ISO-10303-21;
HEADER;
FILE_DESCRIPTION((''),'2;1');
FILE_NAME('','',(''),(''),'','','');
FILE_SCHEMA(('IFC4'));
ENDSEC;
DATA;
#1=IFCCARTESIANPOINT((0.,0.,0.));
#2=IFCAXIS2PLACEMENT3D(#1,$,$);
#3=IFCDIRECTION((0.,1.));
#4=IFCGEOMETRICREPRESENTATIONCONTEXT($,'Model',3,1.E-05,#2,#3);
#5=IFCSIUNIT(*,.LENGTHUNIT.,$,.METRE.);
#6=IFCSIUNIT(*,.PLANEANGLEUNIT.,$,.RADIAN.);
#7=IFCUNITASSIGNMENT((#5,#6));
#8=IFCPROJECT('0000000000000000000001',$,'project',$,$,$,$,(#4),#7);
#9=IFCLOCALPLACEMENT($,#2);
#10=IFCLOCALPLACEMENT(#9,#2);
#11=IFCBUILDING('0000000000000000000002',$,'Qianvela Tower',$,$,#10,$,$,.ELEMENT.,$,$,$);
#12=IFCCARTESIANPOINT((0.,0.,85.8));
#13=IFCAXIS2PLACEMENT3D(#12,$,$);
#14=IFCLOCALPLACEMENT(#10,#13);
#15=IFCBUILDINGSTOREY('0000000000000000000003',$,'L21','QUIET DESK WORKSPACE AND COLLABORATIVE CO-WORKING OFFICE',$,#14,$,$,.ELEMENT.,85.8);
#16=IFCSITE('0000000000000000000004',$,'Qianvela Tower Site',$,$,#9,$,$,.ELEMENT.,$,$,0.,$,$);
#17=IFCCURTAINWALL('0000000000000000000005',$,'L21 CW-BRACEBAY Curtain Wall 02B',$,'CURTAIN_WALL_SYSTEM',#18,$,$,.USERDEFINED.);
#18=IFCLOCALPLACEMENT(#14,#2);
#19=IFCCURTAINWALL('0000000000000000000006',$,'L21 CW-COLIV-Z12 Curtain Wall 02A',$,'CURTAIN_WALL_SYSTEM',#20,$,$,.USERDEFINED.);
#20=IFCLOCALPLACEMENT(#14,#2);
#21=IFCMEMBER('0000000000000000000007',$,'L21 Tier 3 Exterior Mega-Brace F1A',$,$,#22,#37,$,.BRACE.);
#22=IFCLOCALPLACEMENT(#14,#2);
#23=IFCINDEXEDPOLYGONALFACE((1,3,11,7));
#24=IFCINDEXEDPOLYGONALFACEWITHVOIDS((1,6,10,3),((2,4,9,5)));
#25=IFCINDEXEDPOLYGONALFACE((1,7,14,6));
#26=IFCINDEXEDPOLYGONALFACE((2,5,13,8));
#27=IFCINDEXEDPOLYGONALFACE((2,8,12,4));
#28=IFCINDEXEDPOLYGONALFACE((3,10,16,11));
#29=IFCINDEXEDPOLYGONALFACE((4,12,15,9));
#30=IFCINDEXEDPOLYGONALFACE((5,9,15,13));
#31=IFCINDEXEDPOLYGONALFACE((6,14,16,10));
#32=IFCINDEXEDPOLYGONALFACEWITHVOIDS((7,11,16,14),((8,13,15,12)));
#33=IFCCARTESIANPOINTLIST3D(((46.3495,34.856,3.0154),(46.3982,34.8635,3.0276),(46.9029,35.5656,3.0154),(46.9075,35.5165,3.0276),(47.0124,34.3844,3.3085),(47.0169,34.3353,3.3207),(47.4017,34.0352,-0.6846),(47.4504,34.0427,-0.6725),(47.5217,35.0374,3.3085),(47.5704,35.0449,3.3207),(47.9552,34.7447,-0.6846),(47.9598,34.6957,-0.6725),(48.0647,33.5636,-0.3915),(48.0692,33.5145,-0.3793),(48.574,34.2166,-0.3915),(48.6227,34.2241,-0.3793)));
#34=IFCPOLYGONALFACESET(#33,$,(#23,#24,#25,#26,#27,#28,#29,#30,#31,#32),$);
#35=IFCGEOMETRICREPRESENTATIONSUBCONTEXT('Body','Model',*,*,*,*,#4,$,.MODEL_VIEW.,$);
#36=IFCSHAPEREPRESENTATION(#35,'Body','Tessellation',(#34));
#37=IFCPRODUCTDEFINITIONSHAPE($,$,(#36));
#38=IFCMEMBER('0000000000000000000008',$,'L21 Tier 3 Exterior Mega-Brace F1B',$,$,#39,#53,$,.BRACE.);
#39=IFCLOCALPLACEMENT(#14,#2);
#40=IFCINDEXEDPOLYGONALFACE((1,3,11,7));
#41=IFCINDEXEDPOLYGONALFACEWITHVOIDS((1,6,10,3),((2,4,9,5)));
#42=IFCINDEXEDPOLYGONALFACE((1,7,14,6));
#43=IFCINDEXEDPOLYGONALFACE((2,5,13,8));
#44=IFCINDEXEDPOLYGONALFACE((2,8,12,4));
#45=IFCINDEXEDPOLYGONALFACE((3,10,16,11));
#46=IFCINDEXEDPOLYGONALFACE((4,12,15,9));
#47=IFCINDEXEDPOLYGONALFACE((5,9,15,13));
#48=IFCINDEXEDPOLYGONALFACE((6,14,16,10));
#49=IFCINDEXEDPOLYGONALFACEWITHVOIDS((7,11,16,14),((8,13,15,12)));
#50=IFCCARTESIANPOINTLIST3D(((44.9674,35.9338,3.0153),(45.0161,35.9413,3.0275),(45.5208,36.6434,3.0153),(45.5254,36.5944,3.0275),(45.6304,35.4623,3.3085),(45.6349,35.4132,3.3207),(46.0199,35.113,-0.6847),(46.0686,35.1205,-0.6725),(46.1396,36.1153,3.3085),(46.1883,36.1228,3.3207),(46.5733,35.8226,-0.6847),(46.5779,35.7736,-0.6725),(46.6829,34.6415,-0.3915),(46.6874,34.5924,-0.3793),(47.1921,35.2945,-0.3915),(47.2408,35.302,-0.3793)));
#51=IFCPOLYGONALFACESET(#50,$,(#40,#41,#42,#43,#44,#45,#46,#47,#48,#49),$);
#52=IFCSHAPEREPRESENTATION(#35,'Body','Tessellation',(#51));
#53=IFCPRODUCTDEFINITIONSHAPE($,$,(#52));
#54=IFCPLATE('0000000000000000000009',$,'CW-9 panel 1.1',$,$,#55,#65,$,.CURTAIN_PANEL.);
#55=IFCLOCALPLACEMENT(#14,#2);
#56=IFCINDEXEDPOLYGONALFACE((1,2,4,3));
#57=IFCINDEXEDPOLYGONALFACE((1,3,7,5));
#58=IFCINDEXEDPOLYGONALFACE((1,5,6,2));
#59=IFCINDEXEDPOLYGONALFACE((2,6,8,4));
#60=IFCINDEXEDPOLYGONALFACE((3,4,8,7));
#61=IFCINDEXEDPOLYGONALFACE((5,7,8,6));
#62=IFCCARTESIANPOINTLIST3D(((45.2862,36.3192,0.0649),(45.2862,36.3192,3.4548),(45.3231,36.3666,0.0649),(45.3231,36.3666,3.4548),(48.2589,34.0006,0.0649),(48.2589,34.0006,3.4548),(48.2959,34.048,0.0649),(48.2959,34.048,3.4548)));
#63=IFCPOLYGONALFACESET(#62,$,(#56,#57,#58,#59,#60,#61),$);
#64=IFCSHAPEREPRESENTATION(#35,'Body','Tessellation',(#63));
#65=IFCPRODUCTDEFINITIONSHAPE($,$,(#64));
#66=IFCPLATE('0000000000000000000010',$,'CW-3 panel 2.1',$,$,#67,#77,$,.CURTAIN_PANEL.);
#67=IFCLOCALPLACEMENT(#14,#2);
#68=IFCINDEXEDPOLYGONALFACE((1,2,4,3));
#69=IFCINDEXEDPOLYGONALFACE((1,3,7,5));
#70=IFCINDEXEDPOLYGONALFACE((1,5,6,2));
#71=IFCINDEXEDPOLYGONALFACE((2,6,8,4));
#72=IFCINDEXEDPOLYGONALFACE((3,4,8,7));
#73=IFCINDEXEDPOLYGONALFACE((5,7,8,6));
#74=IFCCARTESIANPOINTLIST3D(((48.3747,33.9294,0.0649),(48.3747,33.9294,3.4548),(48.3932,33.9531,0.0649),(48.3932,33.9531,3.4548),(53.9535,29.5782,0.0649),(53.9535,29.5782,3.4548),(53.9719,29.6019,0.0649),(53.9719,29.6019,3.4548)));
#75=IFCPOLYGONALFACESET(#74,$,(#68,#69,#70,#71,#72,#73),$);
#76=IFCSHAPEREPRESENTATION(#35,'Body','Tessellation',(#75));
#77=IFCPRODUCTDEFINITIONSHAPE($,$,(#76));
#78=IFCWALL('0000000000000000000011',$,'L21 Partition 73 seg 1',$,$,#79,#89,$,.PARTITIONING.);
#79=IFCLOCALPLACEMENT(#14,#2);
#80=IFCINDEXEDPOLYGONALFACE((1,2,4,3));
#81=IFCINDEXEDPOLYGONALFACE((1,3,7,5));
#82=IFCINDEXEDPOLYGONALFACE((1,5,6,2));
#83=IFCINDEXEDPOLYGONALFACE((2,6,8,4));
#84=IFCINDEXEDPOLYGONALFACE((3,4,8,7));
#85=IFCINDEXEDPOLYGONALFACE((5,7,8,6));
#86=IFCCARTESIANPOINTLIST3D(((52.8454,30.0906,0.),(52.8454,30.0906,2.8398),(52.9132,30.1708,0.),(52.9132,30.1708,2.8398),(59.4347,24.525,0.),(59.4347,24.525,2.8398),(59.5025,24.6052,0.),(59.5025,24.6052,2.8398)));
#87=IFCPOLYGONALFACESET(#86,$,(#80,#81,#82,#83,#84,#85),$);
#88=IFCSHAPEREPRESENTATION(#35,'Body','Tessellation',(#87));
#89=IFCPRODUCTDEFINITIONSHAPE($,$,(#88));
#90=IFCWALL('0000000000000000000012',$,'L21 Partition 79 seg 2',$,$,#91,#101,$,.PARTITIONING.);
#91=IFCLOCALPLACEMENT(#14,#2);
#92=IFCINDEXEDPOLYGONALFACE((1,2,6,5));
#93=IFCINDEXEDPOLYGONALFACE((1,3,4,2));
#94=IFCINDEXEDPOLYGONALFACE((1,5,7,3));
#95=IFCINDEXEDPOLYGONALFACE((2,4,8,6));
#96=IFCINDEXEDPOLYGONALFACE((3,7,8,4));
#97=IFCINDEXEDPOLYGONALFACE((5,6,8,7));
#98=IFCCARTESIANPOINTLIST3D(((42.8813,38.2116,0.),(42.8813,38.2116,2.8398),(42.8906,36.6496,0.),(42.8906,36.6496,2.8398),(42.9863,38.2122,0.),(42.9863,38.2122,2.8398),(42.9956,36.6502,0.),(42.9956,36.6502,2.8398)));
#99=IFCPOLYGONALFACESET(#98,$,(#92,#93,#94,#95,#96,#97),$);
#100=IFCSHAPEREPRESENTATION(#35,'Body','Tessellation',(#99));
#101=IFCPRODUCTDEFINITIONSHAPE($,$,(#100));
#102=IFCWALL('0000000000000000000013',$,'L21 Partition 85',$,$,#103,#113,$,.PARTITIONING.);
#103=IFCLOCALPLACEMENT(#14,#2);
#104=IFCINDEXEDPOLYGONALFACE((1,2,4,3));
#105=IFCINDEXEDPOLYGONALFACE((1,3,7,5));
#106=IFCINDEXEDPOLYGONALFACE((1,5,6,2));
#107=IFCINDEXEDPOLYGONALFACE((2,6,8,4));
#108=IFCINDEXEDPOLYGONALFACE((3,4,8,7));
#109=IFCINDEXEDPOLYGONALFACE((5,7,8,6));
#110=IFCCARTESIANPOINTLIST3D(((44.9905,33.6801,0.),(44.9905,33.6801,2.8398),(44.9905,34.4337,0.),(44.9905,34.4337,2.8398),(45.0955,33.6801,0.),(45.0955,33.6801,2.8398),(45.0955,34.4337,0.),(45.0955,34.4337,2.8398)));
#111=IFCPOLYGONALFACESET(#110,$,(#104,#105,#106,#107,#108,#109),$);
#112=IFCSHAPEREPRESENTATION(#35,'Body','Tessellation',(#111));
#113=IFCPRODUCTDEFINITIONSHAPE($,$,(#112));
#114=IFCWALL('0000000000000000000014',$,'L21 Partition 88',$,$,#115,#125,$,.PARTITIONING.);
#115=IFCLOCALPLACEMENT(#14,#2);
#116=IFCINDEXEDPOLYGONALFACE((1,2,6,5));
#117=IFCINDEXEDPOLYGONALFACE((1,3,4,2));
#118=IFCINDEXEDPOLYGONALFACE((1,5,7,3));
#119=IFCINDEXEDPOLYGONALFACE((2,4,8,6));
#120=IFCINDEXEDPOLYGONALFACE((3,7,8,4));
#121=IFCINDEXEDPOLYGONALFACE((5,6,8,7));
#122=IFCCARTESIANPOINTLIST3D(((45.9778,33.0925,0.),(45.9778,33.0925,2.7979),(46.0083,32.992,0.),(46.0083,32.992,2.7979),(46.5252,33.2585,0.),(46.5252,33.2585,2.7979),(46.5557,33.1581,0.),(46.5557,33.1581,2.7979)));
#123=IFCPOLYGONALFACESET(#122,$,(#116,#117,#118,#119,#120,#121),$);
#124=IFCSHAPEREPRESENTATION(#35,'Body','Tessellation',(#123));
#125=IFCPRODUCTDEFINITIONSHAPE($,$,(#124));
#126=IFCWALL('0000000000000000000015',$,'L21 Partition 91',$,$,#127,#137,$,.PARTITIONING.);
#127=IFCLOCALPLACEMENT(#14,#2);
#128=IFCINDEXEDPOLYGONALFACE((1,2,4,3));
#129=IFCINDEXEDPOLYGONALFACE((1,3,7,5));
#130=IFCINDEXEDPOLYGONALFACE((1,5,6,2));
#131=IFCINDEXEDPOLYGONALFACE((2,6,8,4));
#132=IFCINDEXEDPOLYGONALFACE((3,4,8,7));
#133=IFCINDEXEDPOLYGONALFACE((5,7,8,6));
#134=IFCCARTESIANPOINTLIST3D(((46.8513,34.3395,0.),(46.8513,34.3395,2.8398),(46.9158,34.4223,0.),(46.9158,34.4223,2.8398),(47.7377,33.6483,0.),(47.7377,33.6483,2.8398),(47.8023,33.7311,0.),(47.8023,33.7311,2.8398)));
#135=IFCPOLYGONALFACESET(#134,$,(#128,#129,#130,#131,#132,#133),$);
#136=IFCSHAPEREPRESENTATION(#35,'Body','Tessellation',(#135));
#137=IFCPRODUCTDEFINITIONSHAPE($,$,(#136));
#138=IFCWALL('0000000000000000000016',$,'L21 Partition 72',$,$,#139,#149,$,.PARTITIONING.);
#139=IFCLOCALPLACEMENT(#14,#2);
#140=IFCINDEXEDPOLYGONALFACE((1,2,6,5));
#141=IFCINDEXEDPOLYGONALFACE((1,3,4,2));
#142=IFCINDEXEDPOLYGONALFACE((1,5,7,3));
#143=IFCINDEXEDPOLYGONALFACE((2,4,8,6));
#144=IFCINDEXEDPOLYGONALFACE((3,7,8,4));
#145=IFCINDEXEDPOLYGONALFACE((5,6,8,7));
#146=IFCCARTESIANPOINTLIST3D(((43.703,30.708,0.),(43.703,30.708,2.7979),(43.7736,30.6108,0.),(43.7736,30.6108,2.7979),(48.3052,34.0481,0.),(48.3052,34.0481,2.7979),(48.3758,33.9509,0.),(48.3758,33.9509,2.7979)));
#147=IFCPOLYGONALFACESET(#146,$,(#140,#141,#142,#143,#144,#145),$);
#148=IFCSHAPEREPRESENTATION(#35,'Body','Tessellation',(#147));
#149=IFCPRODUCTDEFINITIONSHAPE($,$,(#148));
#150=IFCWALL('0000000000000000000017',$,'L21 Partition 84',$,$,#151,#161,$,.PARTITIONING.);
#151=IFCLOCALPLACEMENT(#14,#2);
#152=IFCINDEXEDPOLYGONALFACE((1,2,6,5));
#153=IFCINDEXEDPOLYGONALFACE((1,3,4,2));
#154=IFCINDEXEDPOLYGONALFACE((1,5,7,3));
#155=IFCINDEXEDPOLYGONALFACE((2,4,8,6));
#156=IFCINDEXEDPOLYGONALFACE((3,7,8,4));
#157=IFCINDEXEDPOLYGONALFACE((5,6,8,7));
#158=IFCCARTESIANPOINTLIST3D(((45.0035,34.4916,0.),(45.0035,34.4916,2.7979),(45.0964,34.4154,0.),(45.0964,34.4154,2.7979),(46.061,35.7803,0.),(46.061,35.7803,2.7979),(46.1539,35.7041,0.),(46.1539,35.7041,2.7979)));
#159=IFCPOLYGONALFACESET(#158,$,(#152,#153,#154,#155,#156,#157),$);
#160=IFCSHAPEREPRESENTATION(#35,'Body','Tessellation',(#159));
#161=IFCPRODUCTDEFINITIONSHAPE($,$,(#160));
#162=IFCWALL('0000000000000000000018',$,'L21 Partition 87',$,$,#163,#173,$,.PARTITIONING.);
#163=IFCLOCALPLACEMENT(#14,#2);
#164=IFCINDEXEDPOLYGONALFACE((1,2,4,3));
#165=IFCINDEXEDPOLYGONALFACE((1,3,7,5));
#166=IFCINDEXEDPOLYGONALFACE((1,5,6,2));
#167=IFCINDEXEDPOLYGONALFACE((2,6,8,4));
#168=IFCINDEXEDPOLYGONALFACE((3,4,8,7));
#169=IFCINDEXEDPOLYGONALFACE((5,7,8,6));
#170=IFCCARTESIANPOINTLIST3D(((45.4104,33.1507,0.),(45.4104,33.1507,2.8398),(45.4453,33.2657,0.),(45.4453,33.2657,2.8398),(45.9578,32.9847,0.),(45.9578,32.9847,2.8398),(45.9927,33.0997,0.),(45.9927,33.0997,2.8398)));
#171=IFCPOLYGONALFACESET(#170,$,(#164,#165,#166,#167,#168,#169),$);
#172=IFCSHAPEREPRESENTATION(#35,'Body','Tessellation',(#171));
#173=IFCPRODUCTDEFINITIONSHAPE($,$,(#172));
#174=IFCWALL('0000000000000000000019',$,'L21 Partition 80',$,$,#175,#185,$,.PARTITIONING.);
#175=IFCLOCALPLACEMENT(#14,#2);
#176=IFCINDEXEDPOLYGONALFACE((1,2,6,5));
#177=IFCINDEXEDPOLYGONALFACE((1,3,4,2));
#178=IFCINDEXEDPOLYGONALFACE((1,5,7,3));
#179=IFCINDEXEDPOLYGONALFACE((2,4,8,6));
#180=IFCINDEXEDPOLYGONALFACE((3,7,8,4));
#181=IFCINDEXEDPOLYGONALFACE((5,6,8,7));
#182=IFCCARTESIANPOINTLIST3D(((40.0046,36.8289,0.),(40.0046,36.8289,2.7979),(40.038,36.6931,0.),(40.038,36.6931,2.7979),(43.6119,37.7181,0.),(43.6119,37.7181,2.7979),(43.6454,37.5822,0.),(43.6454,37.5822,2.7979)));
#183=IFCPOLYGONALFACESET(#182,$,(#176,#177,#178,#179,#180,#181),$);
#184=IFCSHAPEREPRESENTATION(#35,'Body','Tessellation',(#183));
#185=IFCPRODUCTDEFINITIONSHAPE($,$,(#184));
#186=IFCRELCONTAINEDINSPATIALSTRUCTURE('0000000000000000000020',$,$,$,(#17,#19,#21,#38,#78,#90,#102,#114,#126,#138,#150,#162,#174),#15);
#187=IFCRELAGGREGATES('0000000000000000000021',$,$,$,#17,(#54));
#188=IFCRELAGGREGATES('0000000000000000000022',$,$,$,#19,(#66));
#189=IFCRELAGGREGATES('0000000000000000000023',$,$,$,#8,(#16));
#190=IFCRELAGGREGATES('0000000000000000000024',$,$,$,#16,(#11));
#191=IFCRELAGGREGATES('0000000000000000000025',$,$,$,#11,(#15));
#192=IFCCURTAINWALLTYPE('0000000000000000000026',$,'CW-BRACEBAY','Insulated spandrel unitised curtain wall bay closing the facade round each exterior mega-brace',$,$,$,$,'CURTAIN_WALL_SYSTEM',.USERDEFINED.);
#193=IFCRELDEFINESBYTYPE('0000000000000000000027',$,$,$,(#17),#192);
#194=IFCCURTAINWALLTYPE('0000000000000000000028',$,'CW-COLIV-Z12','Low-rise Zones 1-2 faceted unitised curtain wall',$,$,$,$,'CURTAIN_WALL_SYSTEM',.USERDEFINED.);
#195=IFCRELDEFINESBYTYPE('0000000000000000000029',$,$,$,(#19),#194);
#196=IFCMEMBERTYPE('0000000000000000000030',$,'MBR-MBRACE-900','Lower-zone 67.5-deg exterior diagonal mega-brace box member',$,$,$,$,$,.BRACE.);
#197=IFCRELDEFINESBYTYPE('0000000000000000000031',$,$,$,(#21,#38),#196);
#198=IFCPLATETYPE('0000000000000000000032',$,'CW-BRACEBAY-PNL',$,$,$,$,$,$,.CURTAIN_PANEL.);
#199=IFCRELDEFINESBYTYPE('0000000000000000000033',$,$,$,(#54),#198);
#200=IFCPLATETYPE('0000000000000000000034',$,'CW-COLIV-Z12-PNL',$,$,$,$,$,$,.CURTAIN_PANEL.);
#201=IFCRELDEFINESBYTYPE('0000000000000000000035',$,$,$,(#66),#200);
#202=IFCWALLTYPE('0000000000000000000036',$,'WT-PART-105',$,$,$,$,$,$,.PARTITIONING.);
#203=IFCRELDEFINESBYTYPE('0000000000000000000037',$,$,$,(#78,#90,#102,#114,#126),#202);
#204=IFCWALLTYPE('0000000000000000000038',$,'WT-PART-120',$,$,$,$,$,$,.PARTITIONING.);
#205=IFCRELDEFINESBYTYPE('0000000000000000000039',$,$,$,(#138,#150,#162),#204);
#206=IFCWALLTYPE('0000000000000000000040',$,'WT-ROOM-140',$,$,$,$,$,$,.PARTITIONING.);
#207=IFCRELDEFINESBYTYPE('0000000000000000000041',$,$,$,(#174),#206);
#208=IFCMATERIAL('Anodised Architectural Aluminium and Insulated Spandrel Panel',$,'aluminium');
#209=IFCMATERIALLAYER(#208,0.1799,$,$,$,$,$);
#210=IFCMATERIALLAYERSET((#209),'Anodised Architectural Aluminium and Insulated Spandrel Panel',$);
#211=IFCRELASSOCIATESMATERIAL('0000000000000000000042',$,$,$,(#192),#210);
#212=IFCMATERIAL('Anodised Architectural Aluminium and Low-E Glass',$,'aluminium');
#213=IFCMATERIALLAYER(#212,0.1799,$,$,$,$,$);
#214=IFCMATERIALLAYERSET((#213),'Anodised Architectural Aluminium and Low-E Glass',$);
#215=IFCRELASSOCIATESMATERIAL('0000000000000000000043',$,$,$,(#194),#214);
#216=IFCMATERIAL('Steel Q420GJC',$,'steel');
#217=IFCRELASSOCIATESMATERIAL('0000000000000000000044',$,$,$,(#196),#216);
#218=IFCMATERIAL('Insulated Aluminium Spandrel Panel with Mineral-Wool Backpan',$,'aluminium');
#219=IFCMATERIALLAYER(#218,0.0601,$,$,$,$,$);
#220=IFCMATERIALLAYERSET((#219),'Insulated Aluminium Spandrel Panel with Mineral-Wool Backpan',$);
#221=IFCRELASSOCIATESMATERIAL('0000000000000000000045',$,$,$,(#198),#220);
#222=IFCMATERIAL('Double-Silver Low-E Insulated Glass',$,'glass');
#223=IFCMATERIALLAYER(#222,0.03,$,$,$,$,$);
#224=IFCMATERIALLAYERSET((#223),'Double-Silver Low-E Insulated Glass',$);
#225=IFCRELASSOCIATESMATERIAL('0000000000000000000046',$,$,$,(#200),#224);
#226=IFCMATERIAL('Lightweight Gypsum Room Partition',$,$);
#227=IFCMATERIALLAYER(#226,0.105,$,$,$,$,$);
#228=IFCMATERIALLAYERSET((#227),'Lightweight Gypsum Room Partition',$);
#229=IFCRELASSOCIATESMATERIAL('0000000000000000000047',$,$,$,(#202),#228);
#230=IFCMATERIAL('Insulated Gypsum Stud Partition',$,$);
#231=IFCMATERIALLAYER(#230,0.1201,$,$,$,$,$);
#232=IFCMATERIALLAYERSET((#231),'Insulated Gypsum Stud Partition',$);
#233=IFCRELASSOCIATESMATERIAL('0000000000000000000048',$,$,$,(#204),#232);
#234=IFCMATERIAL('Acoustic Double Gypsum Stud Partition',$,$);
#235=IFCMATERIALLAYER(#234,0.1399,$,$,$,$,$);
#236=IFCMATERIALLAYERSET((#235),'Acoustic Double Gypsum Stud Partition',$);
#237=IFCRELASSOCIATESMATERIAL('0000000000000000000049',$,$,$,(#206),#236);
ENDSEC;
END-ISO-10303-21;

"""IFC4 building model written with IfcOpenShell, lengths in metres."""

from ifc_helpers import new_model, si_unit, direction, frame, frame_2d, origin, origin_2d, place, context, subcontext, project, spatial, rectangle, hollow_rectangle, extrude, material, layer, layer_set, material_profile, profile_set, type_object, element, aggregate, save


model = new_model("IFC4")

# Units and contexts
model_context = context("Model", 3, precision=1e-05, world=origin(), true_north=direction((0.0, 1.0)))
body_context = subcontext(model_context, "Body", "Model", "MODEL_VIEW")
ifc_project = project(units=[si_unit("LENGTHUNIT", "METRE"), si_unit("PLANEANGLEUNIT", "RADIAN")], contexts=[model_context])

# Site, building, storey
site_placement = place(None, origin())
site = spatial("IfcSite", under=ifc_project, at=site_placement, Name="Qianvela Tower Site", CompositionType="ELEMENT", RefElevation=0.0)
building_placement = place(site_placement, origin())
building = spatial("IfcBuilding", under=site, at=building_placement, Name="Qianvela Tower", CompositionType="ELEMENT")
storey_placement = place(building_placement, frame((0.0, 0.0, 85.8)))
storey = spatial("IfcBuildingStorey", under=building, at=storey_placement, Name="L21", Description="QUIET DESK WORKSPACE AND COLLABORATIVE CO-WORKING OFFICE", CompositionType="ELEMENT", Elevation=85.8)

# Curtain walls
ifc_material_1 = material(Name="Anodised Architectural Aluminium and Insulated Spandrel Panel", Category="aluminium")
ifc_layer_1 = layer(ifc_material_1, 0.1799)
ifc_layer_set_1 = layer_set([ifc_layer_1], Name="Anodised Architectural Aluminium and Insulated Spandrel Panel")
curtain_wall_type_1 = type_object("IfcCurtainWallType", Name="CW-BRACEBAY", Description="Insulated spandrel unitised curtain wall bay closing the facade round each exterior mega-brace", ElementType="CURTAIN_WALL_SYSTEM", PredefinedType="USERDEFINED", material=ifc_layer_set_1)
curtain_wall_1_placement = place(storey_placement, origin())
curtain_wall_1 = element("IfcCurtainWall", 1, at=curtain_wall_1_placement, inside=storey, type_object=curtain_wall_type_1, Name="L21 CW-BRACEBAY Curtain Wall 02B", ObjectType="CURTAIN_WALL_SYSTEM", PredefinedType="USERDEFINED")
ifc_material_2 = material(Name="Anodised Architectural Aluminium and Low-E Glass", Category="aluminium")
ifc_layer_2 = layer(ifc_material_2, 0.1799)
ifc_layer_set_2 = layer_set([ifc_layer_2], Name="Anodised Architectural Aluminium and Low-E Glass")
curtain_wall_type_2 = type_object("IfcCurtainWallType", Name="CW-COLIV-Z12", Description="Low-rise Zones 1-2 faceted unitised curtain wall", ElementType="CURTAIN_WALL_SYSTEM", PredefinedType="USERDEFINED", material=ifc_layer_set_2)
curtain_wall_2_placement = place(storey_placement, origin())
curtain_wall_2 = element("IfcCurtainWall", 2, at=curtain_wall_2_placement, inside=storey, type_object=curtain_wall_type_2, Name="L21 CW-COLIV-Z12 Curtain Wall 02A", ObjectType="CURTAIN_WALL_SYSTEM", PredefinedType="USERDEFINED")

# Members
ifc_material_3 = material(Name="Steel Q420GJC", Category="steel")
ifc_material_profile_1 = material_profile(ifc_material_3, hollow_rectangle(XDim=0.8999, YDim=0.8999, WallThickness=0.0359, at=origin_2d()), Name="MBOX-900x900x36")
ifc_profile_set_1 = profile_set([ifc_material_profile_1], Name="Steel Q420GJC")
member_type_1 = type_object("IfcMemberType", Name="MBR-MBRACE-900", Description="Lower-zone 67.5-deg exterior diagonal mega-brace box member", PredefinedType="BRACE", material=ifc_profile_set_1)
for number, where, z_axis, x_axis, name in (
    (3, (48.0122, 34.1296, -0.532), (-0.267525, 0.208682, 0.940682), (-0.615055, -0.788485, 0.0), "L21 Tier 3 Exterior Mega-Brace F1A"),
    (4, (46.6304, 35.2075, -0.532), (-0.267582, 0.208678, 0.940666), (-0.614966, -0.788554, 0.0), "L21 Tier 3 Exterior Mega-Brace F1B"),
):
    element("IfcMember", number, at=place(storey_placement, frame(where, z_axis=z_axis, x_axis=x_axis)), inside=storey, type_object=member_type_1, Name=name, PredefinedType="BRACE", context=body_context, shape_type="SweptSolid", body=[
        extrude(hollow_rectangle(XDim=0.8999, YDim=0.8999, WallThickness=0.0359, at=origin_2d()), origin(), (0.0, 0.0, 1.0), 3.9333),
    ])

# Plates
ifc_material_4 = material(Name="Insulated Aluminium Spandrel Panel with Mineral-Wool Backpan", Category="aluminium")
ifc_layer_3 = layer(ifc_material_4, 0.0601)
ifc_layer_set_3 = layer_set([ifc_layer_3], Name="Insulated Aluminium Spandrel Panel with Mineral-Wool Backpan")
plate_type_1 = type_object("IfcPlateType", Name="CW-BRACEBAY-PNL", PredefinedType="CURTAIN_PANEL", material=ifc_layer_set_3)
plate_1_placement = place(storey_placement, frame((46.791, 35.1836, 0.0649), z_axis=(0.0, 0.0, 1.0), x_axis=(-0.788522, 0.615007, 0.0)))
plate_1 = element("IfcPlate", 5, at=plate_1_placement, type_object=plate_type_1, Name="CW-9 panel 1.1", PredefinedType="CURTAIN_PANEL", context=body_context, shape_type="SweptSolid", body=[
    extrude(rectangle(XDim=3.77, YDim=0.0601, at=origin_2d()), origin(), (0.0, 0.0, 1.0), 3.3899),
])
aggregate(curtain_wall_1, [plate_1])
ifc_material_5 = material(Name="Double-Silver Low-E Insulated Glass", Category="glass")
ifc_layer_4 = layer(ifc_material_5, 0.03)
ifc_layer_set_4 = layer_set([ifc_layer_4], Name="Double-Silver Low-E Insulated Glass")
plate_type_2 = type_object("IfcPlateType", Name="CW-COLIV-Z12-PNL", PredefinedType="CURTAIN_PANEL", material=ifc_layer_set_4)
plate_2_placement = place(storey_placement, frame((51.1733, 31.7656, 0.0649), z_axis=(0.0, 0.0, 1.0), x_axis=(-0.788516, 0.615014, 0.0)))
plate_2 = element("IfcPlate", 6, at=plate_2_placement, type_object=plate_type_2, Name="CW-3 panel 2.1", PredefinedType="CURTAIN_PANEL", context=body_context, shape_type="SweptSolid", body=[
    extrude(rectangle(XDim=7.075, YDim=0.03, at=origin_2d()), origin(), (0.0, 0.0, 1.0), 3.3899),
])
aggregate(curtain_wall_2, [plate_2])

# Walls
ifc_material_6 = material(Name="Lightweight Gypsum Room Partition")
ifc_layer_5 = layer(ifc_material_6, 0.105)
ifc_layer_set_5 = layer_set([ifc_layer_5], Name="Lightweight Gypsum Room Partition")
wall_type_1 = type_object("IfcWallType", Name="WT-PART-105", PredefinedType="PARTITIONING", material=ifc_layer_set_5)
wall_1_placement = place(storey_placement, frame((52.8794, 30.1306, 0.0), z_axis=(0.0, 0.0, 1.0), x_axis=(0.763954, -0.645271, 0.0)))
element("IfcWall", 7, at=wall_1_placement, inside=storey, type_object=wall_type_1, Name="L21 Partition 73 seg 1", PredefinedType="PARTITIONING", context=body_context, shape_type="SweptSolid", body=[
    extrude(rectangle(XDim=8.6252, YDim=0.105, at=frame_2d((4.3125, 0.0))), origin(), (0.0, 0.0, 1.0), 2.8398),
])
wall_2_placement = place(storey_placement, frame((42.9431, 36.6499, 0.0), z_axis=(0.0, 0.0, 1.0), x_axis=(-0.005939, 0.999982, 0.0)))
element("IfcWall", 8, at=wall_2_placement, inside=storey, type_object=wall_type_1, Name="L21 Partition 79 seg 2", PredefinedType="PARTITIONING", context=body_context, shape_type="SweptSolid", body=[
    extrude(rectangle(XDim=1.562, YDim=0.105, at=frame_2d((0.781, 0.0))), origin(), (0.0, 0.0, 1.0), 2.8398),
])
wall_3_placement = place(storey_placement, frame((45.043, 34.4338, 0.0), z_axis=(0.0, 0.0, 1.0), x_axis=(0.0, -1.0, 0.0)))
element("IfcWall", 9, at=wall_3_placement, inside=storey, type_object=wall_type_1, Name="L21 Partition 85", PredefinedType="PARTITIONING", context=body_context, shape_type="SweptSolid", body=[
    extrude(rectangle(XDim=0.7537, YDim=0.105, at=frame_2d((0.377, 0.0))), origin(), (0.0, 0.0, 1.0), 2.8398),
])
wall_4_placement = place(storey_placement, frame((45.9929, 33.0422, 0.0), z_axis=(0.0, 0.0, 1.0), x_axis=(0.956953, 0.290244, 0.0)))
element("IfcWall", 10, at=wall_4_placement, inside=storey, type_object=wall_type_1, Name="L21 Partition 88", PredefinedType="PARTITIONING", context=body_context, shape_type="SweptSolid", body=[
    extrude(rectangle(XDim=0.572, YDim=0.105, at=frame_2d((0.2861, 0.0))), origin(), (0.0, 0.0, 1.0), 2.7979),
])
wall_5_placement = place(storey_placement, frame((46.8835, 34.3809, 0.0), z_axis=(0.0, 0.0, 1.0), x_axis=(0.788627, -0.614872, 0.0)))
element("IfcWall", 11, at=wall_5_placement, inside=storey, type_object=wall_type_1, Name="L21 Partition 91", PredefinedType="PARTITIONING", context=body_context, shape_type="SweptSolid", body=[
    extrude(rectangle(XDim=1.124, YDim=0.105, at=frame_2d((0.562, 0.0))), origin(), (0.0, 0.0, 1.0), 2.8398),
])
ifc_material_7 = material(Name="Insulated Gypsum Stud Partition")
ifc_layer_6 = layer(ifc_material_7, 0.1201)
ifc_layer_set_6 = layer_set([ifc_layer_6], Name="Insulated Gypsum Stud Partition")
wall_type_2 = type_object("IfcWallType", Name="WT-PART-120", PredefinedType="PARTITIONING", material=ifc_layer_set_6)
wall_6_placement = place(storey_placement, frame((43.7383, 30.6594, 0.0), z_axis=(0.0, 0.0, 1.0), x_axis=(0.809324, 0.587362, 0.0)))
element("IfcWall", 12, at=wall_6_placement, inside=storey, type_object=wall_type_2, Name="L21 Partition 72", PredefinedType="PARTITIONING", context=body_context, shape_type="SweptSolid", body=[
    extrude(rectangle(XDim=5.6865, YDim=0.1201, at=frame_2d((2.8433, 0.0))), origin(), (0.0, 0.0, 1.0), 2.7979),
])
wall_7_placement = place(storey_placement, frame((46.1074, 35.7422, 0.0), z_axis=(0.0, 0.0, 1.0), x_axis=(-0.634346, -0.773049, 0.0)))
element("IfcWall", 13, at=wall_7_placement, inside=storey, type_object=wall_type_2, Name="L21 Partition 84", PredefinedType="PARTITIONING", context=body_context, shape_type="SweptSolid", body=[
    extrude(rectangle(XDim=1.667, YDim=0.1201, at=frame_2d((0.8335, 0.0))), origin(), (0.0, 0.0, 1.0), 2.7979),
])
wall_8_placement = place(storey_placement, frame((45.4277, 33.2083, 0.0), z_axis=(0.0, 0.0, 1.0), x_axis=(0.956953, -0.290244, 0.0)))
element("IfcWall", 14, at=wall_8_placement, inside=storey, type_object=wall_type_2, Name="L21 Partition 87", PredefinedType="PARTITIONING", context=body_context, shape_type="SweptSolid", body=[
    extrude(rectangle(XDim=0.572, YDim=0.1201, at=frame_2d((0.2861, 0.0))), origin(), (0.0, 0.0, 1.0), 2.8398),
])
ifc_material_8 = material(Name="Acoustic Double Gypsum Stud Partition")
ifc_layer_7 = layer(ifc_material_8, 0.1399)
ifc_layer_set_7 = layer_set([ifc_layer_7], Name="Acoustic Double Gypsum Stud Partition")
wall_type_3 = type_object("IfcWallType", Name="WT-ROOM-140", PredefinedType="PARTITIONING", material=ifc_layer_set_7)
wall_9_placement = place(storey_placement, frame((43.6287, 37.6501, 0.0), z_axis=(0.0, 0.0, 1.0), x_axis=(-0.970941, -0.239318, 0.0)))
element("IfcWall", 15, at=wall_9_placement, inside=storey, type_object=wall_type_3, Name="L21 Partition 80", PredefinedType="PARTITIONING", context=body_context, shape_type="SweptSolid", body=[
    extrude(rectangle(XDim=3.7153, YDim=0.1399, at=frame_2d((1.8577, 0.0))), origin(), (0.0, 0.0, 1.0), 2.7979),
])

save(model, "model.ifc")
